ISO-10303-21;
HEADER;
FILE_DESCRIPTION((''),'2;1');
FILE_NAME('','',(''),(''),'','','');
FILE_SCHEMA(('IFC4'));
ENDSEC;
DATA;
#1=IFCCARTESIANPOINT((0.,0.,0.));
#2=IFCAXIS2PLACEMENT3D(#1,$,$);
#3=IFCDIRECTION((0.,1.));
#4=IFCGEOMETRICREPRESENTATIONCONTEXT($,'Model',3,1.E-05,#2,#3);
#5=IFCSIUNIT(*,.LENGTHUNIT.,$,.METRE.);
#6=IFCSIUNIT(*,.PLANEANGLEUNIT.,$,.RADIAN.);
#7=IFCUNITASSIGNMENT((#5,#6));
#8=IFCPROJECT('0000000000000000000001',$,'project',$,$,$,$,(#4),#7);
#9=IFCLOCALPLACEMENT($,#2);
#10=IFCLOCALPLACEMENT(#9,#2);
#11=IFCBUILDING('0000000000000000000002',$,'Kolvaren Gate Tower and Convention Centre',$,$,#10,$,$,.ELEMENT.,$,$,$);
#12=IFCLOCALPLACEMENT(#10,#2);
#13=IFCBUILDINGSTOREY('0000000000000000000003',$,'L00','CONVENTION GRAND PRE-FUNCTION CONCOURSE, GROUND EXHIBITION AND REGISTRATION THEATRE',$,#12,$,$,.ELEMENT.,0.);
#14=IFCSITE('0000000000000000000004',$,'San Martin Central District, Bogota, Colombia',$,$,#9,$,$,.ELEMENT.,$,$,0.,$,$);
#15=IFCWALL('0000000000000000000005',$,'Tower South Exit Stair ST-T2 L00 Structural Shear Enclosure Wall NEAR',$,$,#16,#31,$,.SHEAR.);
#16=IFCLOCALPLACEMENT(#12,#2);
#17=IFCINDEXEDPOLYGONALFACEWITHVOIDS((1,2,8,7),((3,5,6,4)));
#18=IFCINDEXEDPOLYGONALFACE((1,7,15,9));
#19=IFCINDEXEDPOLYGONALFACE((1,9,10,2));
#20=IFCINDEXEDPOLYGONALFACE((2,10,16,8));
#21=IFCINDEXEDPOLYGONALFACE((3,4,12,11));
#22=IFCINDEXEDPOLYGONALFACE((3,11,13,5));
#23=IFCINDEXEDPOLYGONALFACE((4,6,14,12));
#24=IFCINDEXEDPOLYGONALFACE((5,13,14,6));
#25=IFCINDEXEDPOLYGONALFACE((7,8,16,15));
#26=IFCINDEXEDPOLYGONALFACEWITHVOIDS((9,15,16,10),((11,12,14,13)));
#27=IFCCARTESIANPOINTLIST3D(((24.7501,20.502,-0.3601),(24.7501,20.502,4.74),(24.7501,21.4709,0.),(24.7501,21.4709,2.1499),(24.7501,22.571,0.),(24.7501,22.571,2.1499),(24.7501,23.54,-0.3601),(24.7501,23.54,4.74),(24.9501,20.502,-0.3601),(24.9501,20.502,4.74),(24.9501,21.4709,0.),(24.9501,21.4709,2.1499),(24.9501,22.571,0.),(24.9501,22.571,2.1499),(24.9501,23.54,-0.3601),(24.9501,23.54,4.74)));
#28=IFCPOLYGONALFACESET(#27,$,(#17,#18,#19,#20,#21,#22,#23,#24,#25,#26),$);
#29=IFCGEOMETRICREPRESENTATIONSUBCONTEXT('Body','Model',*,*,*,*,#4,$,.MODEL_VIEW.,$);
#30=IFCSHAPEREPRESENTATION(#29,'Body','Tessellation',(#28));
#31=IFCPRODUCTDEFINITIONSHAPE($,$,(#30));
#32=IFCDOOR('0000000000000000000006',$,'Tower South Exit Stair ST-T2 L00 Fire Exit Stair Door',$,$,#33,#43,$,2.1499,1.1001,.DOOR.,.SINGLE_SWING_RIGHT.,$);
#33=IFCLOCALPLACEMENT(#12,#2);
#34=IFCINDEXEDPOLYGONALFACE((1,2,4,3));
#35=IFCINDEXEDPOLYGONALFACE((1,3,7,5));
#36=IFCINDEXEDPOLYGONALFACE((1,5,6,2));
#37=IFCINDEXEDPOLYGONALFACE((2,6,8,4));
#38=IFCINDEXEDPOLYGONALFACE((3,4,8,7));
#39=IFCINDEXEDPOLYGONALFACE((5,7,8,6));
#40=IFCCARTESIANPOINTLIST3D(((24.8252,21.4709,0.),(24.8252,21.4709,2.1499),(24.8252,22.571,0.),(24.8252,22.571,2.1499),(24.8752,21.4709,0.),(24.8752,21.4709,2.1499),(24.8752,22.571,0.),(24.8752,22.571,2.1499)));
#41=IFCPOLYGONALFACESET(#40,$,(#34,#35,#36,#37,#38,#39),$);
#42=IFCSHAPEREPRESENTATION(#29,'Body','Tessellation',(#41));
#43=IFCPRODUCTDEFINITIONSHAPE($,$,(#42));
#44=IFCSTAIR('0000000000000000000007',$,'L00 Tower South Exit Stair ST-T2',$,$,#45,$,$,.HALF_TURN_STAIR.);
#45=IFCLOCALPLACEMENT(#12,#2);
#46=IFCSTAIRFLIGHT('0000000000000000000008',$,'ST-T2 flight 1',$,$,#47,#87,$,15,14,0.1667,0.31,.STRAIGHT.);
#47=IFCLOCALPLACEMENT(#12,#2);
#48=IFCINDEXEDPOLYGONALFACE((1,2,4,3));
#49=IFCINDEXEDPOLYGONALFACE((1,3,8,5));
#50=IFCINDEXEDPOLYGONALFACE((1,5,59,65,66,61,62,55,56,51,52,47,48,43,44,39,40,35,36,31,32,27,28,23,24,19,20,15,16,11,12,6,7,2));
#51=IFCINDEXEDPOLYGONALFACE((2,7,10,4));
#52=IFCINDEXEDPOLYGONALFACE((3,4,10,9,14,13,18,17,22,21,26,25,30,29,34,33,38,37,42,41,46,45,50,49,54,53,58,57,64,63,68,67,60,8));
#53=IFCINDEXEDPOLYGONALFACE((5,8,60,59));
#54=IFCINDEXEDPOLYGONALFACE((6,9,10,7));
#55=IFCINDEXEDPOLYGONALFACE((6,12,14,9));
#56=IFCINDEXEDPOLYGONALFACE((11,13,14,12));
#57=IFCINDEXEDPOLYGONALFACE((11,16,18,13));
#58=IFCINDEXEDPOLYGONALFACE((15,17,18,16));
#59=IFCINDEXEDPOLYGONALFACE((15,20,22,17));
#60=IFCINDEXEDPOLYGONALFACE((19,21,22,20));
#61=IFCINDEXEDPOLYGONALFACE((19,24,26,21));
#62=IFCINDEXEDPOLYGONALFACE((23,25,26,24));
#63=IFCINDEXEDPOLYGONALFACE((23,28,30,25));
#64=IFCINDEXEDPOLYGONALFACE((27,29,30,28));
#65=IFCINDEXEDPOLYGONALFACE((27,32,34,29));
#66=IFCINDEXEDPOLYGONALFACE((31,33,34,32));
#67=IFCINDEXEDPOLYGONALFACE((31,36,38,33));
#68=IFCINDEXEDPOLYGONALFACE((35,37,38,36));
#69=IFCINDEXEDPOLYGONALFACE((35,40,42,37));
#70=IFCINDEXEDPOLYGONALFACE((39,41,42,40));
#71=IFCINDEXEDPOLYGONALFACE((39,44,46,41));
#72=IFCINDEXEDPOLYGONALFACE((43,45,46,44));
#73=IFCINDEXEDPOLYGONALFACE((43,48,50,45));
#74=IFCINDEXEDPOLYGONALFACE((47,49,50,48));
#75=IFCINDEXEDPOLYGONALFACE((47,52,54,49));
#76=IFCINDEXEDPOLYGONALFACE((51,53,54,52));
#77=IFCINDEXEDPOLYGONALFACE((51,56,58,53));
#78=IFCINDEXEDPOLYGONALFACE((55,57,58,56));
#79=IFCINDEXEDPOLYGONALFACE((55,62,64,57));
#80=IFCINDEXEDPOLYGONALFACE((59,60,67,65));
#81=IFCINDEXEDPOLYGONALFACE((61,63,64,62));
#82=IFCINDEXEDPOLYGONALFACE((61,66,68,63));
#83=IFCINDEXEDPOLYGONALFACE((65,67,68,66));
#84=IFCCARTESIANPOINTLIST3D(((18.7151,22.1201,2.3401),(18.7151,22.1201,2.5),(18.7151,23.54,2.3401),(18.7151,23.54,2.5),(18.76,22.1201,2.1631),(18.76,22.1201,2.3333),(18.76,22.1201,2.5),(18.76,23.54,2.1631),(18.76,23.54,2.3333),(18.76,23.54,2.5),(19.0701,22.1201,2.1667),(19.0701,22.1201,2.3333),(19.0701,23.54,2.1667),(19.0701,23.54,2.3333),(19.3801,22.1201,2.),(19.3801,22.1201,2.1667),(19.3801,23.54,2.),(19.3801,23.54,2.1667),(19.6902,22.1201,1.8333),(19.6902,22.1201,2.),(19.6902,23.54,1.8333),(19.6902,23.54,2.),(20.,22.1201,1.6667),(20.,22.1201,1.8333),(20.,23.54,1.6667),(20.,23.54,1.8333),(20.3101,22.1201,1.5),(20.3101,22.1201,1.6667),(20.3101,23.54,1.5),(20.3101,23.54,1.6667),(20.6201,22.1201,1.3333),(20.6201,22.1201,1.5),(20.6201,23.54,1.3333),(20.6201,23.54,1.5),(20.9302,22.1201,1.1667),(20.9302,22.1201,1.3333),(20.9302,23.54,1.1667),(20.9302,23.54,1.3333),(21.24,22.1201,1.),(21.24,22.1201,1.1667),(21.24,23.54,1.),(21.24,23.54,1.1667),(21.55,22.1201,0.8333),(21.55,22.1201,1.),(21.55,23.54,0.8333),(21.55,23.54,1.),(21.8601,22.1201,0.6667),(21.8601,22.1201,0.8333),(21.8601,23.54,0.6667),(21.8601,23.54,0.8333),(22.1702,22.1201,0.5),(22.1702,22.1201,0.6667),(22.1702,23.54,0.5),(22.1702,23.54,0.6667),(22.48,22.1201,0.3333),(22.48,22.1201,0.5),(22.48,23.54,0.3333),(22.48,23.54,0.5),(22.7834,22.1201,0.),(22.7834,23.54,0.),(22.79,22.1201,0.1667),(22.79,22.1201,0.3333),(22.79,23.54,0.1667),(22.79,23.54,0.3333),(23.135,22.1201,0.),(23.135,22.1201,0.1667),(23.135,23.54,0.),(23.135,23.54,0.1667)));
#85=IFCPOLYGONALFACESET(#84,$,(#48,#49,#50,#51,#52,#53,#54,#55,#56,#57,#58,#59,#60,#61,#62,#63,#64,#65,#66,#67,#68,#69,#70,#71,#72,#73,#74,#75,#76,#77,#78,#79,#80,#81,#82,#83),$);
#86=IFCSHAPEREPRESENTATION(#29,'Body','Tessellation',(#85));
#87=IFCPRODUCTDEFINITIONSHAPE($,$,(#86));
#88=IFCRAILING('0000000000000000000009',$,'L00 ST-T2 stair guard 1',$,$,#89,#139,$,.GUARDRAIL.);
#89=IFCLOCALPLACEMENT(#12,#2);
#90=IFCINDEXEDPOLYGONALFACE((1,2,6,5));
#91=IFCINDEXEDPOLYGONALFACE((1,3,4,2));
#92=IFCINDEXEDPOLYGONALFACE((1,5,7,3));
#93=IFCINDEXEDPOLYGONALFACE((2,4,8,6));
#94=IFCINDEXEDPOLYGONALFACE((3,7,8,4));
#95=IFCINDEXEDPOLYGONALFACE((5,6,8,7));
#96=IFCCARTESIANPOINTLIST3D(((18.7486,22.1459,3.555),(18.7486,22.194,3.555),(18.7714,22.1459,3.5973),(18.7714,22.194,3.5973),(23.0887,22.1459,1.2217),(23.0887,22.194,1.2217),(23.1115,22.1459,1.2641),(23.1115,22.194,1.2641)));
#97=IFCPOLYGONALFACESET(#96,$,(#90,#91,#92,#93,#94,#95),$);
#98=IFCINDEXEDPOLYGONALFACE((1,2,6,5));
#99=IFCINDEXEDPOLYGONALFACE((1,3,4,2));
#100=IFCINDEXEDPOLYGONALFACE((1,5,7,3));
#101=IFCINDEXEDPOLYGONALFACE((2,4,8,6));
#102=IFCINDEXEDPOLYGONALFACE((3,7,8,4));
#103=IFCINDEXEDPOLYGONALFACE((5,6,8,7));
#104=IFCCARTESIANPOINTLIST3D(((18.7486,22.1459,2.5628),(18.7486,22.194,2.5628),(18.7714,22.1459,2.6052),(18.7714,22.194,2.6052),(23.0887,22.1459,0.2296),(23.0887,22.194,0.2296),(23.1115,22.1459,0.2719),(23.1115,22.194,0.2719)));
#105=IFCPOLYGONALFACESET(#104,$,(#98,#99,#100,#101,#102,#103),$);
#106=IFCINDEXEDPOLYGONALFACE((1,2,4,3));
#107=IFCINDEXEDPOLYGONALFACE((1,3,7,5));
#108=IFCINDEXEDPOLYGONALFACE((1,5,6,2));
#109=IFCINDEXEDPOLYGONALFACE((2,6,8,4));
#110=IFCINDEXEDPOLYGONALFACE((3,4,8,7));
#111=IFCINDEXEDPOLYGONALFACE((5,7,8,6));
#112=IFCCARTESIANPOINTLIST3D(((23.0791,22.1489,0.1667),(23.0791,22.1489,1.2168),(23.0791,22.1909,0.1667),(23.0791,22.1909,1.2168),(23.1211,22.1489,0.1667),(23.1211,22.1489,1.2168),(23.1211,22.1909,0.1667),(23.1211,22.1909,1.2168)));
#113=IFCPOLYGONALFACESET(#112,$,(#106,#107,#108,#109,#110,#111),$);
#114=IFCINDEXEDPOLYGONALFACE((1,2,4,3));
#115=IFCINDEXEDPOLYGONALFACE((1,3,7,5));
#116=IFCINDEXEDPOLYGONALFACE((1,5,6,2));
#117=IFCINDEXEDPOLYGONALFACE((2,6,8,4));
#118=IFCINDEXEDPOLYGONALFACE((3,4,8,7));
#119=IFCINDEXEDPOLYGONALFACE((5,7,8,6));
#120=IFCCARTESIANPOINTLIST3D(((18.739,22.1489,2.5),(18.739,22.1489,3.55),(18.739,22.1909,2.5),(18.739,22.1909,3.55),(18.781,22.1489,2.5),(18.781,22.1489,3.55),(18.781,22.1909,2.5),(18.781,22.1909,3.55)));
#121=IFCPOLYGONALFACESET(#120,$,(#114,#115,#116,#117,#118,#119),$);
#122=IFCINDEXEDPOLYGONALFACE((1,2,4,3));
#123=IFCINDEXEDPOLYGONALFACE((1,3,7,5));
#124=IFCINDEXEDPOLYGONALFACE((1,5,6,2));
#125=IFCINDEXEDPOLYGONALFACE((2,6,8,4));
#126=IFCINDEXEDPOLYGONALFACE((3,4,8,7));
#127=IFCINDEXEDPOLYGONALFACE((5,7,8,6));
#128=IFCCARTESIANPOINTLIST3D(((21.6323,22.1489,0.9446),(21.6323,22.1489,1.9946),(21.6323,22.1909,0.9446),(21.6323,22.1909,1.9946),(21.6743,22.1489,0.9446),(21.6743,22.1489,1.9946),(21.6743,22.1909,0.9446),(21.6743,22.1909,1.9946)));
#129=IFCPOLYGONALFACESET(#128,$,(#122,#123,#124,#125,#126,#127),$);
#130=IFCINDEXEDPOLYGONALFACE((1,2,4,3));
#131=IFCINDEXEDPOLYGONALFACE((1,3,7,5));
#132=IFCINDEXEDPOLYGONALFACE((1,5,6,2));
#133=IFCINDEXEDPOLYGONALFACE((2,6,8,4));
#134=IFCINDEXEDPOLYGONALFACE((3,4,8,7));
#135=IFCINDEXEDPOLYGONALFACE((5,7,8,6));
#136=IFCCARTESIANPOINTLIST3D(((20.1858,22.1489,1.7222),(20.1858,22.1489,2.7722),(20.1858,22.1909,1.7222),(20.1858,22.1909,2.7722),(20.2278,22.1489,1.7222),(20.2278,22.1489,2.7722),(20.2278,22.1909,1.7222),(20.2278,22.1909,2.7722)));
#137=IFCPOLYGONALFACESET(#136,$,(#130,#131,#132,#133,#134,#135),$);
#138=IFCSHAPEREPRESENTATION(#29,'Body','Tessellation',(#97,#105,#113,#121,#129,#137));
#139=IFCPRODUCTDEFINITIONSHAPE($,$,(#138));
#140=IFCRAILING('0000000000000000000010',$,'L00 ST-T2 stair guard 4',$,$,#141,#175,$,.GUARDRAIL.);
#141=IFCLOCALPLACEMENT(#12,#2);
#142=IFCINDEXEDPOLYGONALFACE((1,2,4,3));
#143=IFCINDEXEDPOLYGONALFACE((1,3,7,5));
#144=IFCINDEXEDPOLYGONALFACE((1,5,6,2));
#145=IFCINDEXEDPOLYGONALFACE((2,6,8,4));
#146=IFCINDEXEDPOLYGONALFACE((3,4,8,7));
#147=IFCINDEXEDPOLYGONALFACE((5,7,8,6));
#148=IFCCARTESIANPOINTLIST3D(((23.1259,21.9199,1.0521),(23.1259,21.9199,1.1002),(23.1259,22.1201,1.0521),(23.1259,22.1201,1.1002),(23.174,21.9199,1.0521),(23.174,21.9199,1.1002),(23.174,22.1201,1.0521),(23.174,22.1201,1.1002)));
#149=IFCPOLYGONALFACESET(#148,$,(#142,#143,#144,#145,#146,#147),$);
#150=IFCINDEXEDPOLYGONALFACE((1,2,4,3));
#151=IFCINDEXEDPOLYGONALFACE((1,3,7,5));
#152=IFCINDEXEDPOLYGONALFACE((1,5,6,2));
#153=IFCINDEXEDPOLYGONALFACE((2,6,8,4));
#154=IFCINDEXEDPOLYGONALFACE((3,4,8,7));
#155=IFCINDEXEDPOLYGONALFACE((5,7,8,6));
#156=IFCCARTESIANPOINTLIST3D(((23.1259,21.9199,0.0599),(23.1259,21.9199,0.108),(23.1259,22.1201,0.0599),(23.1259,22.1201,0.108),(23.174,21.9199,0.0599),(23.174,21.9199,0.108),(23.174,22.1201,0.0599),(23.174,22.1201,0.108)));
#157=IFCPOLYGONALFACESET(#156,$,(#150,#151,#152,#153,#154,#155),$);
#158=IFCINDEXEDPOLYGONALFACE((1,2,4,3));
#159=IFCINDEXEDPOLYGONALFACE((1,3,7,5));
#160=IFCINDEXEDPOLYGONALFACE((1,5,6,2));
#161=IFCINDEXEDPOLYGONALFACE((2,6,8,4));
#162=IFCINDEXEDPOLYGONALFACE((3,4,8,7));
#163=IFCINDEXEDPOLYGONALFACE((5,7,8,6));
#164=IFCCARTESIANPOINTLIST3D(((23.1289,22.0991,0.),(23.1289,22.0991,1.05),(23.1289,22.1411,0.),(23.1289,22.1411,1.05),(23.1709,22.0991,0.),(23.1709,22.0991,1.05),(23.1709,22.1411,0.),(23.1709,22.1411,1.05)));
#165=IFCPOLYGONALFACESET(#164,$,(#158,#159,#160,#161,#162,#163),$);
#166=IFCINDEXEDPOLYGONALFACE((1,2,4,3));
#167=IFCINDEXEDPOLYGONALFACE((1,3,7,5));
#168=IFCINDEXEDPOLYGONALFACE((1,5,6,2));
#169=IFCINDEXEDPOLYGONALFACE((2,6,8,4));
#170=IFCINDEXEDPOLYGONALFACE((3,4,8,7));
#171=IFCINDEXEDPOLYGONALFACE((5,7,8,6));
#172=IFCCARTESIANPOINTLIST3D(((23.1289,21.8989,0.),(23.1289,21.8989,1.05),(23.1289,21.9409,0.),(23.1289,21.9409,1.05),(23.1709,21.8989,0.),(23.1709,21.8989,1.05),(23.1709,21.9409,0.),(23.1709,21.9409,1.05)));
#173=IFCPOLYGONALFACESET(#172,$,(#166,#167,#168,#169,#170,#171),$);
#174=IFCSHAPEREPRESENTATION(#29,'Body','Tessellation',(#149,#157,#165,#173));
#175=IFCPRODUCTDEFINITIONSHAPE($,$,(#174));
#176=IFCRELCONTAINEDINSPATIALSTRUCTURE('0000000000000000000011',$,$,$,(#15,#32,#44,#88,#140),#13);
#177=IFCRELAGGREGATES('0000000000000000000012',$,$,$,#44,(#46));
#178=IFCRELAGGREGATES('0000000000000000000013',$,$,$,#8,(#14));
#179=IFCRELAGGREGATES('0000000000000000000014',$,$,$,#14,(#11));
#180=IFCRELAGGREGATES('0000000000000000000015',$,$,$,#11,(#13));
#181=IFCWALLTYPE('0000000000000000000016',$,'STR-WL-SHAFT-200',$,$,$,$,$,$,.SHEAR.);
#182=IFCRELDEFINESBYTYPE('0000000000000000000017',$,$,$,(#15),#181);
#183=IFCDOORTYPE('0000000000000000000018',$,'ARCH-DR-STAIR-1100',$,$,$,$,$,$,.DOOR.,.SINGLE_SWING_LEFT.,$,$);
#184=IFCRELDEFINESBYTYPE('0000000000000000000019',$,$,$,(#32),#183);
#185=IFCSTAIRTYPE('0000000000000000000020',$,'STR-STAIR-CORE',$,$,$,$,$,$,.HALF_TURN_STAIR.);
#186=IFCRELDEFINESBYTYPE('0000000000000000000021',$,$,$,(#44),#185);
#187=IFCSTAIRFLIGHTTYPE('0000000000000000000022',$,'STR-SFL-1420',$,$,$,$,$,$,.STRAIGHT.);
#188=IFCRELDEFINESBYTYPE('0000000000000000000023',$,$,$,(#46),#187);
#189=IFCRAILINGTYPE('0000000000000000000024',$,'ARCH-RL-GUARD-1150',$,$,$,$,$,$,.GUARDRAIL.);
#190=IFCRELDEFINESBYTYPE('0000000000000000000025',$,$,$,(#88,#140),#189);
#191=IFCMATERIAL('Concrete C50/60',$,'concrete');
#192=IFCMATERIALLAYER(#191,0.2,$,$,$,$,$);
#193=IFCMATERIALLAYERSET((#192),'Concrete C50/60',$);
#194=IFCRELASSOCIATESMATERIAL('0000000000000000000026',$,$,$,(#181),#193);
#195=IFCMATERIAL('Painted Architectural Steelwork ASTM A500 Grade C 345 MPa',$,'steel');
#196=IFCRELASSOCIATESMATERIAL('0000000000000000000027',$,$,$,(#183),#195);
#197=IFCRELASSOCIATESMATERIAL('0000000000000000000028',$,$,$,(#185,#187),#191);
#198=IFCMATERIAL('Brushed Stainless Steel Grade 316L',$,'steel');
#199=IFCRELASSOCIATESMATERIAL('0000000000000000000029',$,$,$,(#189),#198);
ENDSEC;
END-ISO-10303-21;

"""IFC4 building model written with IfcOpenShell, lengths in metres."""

from ifc_helpers import new_model, si_unit, direction, frame, frame_2d, origin, origin_2d, place, context, subcontext, project, spatial, polyline, rectangle, outline, extrude, material, layer, layer_set, type_object, element, fill, aggregate, save


model = new_model("IFC4")

# Units and contexts
model_context = context("Model", 3, precision=1e-05, world=origin(), true_north=direction((0.0, 1.0)))
body_context = subcontext(model_context, "Body", "Model", "MODEL_VIEW")
ifc_project = project(units=[si_unit("LENGTHUNIT", "METRE"), si_unit("PLANEANGLEUNIT", "RADIAN")], contexts=[model_context])

# Site, building, storey
site_placement = place(None, origin())
site = spatial("IfcSite", under=ifc_project, at=site_placement, Name="San Martin Central District, Bogota, Colombia", CompositionType="ELEMENT", RefElevation=0.0)
building_placement = place(site_placement, origin())
building = spatial("IfcBuilding", under=site, at=building_placement, Name="Kolvaren Gate Tower and Convention Centre", CompositionType="ELEMENT")
storey_placement = place(building_placement, origin())
storey = spatial("IfcBuildingStorey", under=building, at=storey_placement, Name="L00", Description="CONVENTION GRAND PRE-FUNCTION CONCOURSE, GROUND EXHIBITION AND REGISTRATION THEATRE", CompositionType="ELEMENT", Elevation=0.0)

# Shared definitions
ifc_material_1 = material(Name="Painted Architectural Steelwork ASTM A500 Grade C 345 MPa", Category="steel")

# Shared definitions
ifc_material_2 = material(Name="Brushed Stainless Steel Grade 316L", Category="steel")

# Wall, opening, door
ifc_material_3 = material(Name="Concrete C50/60", Category="concrete")
ifc_layer_1 = layer(ifc_material_3, 0.2)
ifc_layer_set_1 = layer_set([ifc_layer_1], Name="Concrete C50/60")
wall_type_1 = type_object("IfcWallType", Name="STR-WL-SHAFT-200", PredefinedType="SHEAR", material=ifc_layer_set_1)
wall_1_placement = place(storey_placement, frame((24.8501, 20.502, -0.3601), z_axis=(0.0, 0.0, 1.0), x_axis=(0.0, 1.0, 0.0)))
wall_1 = element("IfcWall", 1, at=wall_1_placement, inside=storey, type_object=wall_type_1, Name="Tower South Exit Stair ST-T2 L00 Structural Shear Enclosure Wall NEAR", PredefinedType="SHEAR", context=body_context, shape_type="SweptSolid", body=[
    extrude(rectangle(XDim=3.0381, YDim=0.2, at=frame_2d((1.519, 0.0))), origin(), (0.0, 0.0, 1.0), 5.1001),
])
opening_1_placement = place(wall_1_placement, frame((0.969, 0.0, 0.3601)))
opening_1 = element("IfcOpeningElement", 2, at=opening_1_placement, cuts=wall_1, PredefinedType="OPENING", context=body_context, shape_type="SweptSolid", body=[
    extrude(rectangle(XDim=1.1001, YDim=2.1499, at=frame_2d((0.55, 1.075))), frame((0.0, 0.1099, 0.0), z_axis=(0.0, -1.0, 0.0), x_axis=(1.0, 0.0, 0.0)), (0.0, 0.0, 1.0), 0.22),
])
door_type_1 = type_object("IfcDoorType", Name="ARCH-DR-STAIR-1100", OperationType="SINGLE_SWING_LEFT", PredefinedType="DOOR", material=ifc_material_1)
door_1_placement = place(opening_1_placement, origin())
door_1 = element("IfcDoor", 3, at=door_1_placement, inside=storey, type_object=door_type_1, Name="Tower South Exit Stair ST-T2 L00 Fire Exit Stair Door", OperationType="SINGLE_SWING_RIGHT", OverallHeight=2.1499, OverallWidth=1.1001, PredefinedType="DOOR", context=body_context, shape_type="SweptSolid", body=[
    extrude(rectangle(XDim=1.1001, YDim=2.1499, at=frame_2d((0.55, 1.075))), frame((0.0, 0.0249, 0.0), z_axis=(0.0, -1.0, 0.0), x_axis=(1.0, 0.0, 0.0)), (0.0, 0.0, 1.0), 0.05),
])
fill(opening_1, door_1)

# Stair, stair flight
stair_type = type_object("IfcStairType", Name="STR-STAIR-CORE", PredefinedType="HALF_TURN_STAIR", material=ifc_material_3)
stair_placement = place(storey_placement, origin())
stair = element("IfcStair", 4, at=stair_placement, inside=storey, type_object=stair_type, Name="L00 Tower South Exit Stair ST-T2", PredefinedType="HALF_TURN_STAIR")
stair_flight_type = type_object("IfcStairFlightType", Name="STR-SFL-1420", PredefinedType="STRAIGHT", material=ifc_material_3)
stair_flight_placement = place(storey_placement, frame((23.1001, 22.8301, 0.0), z_axis=(0.0, 0.0, 1.0), x_axis=(-1.0, 0.0, 0.0)))
stair_flight = element("IfcStairFlight", 5, at=stair_flight_placement, type_object=stair_flight_type, Name="ST-T2 flight 1", NumberOfRisers=15, NumberOfTreads=14, PredefinedType="STRAIGHT", RiserHeight=0.1667, TreadLength=0.31, context=body_context, shape_type="SweptSolid", body=[
    extrude(outline(polyline([(-0.0349, 0.0), (-0.0349, 0.1667), (0.3101, 0.1667), (0.3101, 0.3333), (0.6201, 0.3333), (0.6201, 0.5), (0.9299, 0.5), (0.9299, 0.6667), (1.24, 0.6667), (1.24, 0.8333), (1.55, 0.8333), (1.55, 1.0), (1.8601, 1.0), (1.8601, 1.1667), (2.1699, 1.1667), (2.1699, 1.3333), (2.48, 1.3333), (2.48, 1.5), (2.79, 1.5), (2.79, 1.6667), (3.1001, 1.6667), (3.1001, 1.8333), (3.4099, 1.8333), (3.4099, 2.0), (3.72, 2.0), (3.72, 2.1667), (4.03, 2.1667), (4.03, 2.3333), (4.3401, 2.3333), (4.3401, 2.5), (4.385, 2.5), (4.385, 2.3401), (4.3401, 2.1631), (0.3167, 0.0), (-0.0349, 0.0)])), frame((0.0, 0.71, 0.0), z_axis=(0.0, -1.0, 0.0), x_axis=(1.0, 0.0, 0.0)), (0.0, 0.0, 1.0), 1.4199),
])
aggregate(stair, [stair_flight])

# Railings
railing_type_1 = type_object("IfcRailingType", Name="ARCH-RL-GUARD-1150", PredefinedType="GUARDRAIL", material=ifc_material_2)
railing_1_placement = place(storey_placement, frame((23.1001, 22.1699, 0.1667)))
element("IfcRailing", 6, at=railing_1_placement, inside=storey, type_object=railing_type_1, Name="L00 ST-T2 stair guard 1", PredefinedType="GUARDRAIL", context=body_context, shape_type="SweptSolid", body=[
    extrude(rectangle(XDim=0.0481, YDim=0.0481, at=origin_2d()), frame((0.0, 0.0, 1.0762), z_axis=(-0.880786, 0.0, 0.473515), x_axis=(0.0, -1.0, 0.0)), (0.0, 0.0, 1.0), 4.9275),
    extrude(rectangle(XDim=0.0481, YDim=0.0481, at=origin_2d()), frame((0.0, 0.0, 0.084), z_axis=(-0.880786, 0.0, 0.473515), x_axis=(0.0, -1.0, 0.0)), (0.0, 0.0, 1.0), 4.9275),
    extrude(rectangle(XDim=0.042, YDim=0.042, at=origin_2d()), origin(), (0.0, 0.0, 1.0), 1.05),
    extrude(rectangle(XDim=0.042, YDim=0.042, at=origin_2d()), frame((-4.3401, 0.0, 2.3333)), (0.0, 0.0, 1.0), 1.05),
    extrude(rectangle(XDim=0.042, YDim=0.042, at=origin_2d()), frame((-1.4468, 0.0, 0.7778)), (0.0, 0.0, 1.0), 1.05),
    extrude(rectangle(XDim=0.042, YDim=0.042, at=origin_2d()), frame((-2.8933, 0.0, 1.5554)), (0.0, 0.0, 1.0), 1.05),
])
railing_2_placement = place(storey_placement, frame((23.1499, 22.1201, 0.0)))
element("IfcRailing", 7, at=railing_2_placement, inside=storey, type_object=railing_type_1, Name="L00 ST-T2 stair guard 4", PredefinedType="GUARDRAIL", context=body_context, shape_type="SweptSolid", body=[
    extrude(rectangle(XDim=0.0481, YDim=0.0481, at=origin_2d()), frame((0.0, 0.0, 1.0762), z_axis=(0.0, -1.0, 0.0), x_axis=(1.0, 0.0, 0.0)), (0.0, 0.0, 1.0), 0.2002),
    extrude(rectangle(XDim=0.0481, YDim=0.0481, at=origin_2d()), frame((0.0, 0.0, 0.084), z_axis=(0.0, -1.0, 0.0), x_axis=(1.0, 0.0, 0.0)), (0.0, 0.0, 1.0), 0.2002),
    extrude(rectangle(XDim=0.042, YDim=0.042, at=origin_2d()), origin(), (0.0, 0.0, 1.0), 1.05),
    extrude(rectangle(XDim=0.042, YDim=0.042, at=origin_2d()), frame((0.0, -0.2002, 0.0)), (0.0, 0.0, 1.0), 1.05),
])

save(model, "model.ifc")
